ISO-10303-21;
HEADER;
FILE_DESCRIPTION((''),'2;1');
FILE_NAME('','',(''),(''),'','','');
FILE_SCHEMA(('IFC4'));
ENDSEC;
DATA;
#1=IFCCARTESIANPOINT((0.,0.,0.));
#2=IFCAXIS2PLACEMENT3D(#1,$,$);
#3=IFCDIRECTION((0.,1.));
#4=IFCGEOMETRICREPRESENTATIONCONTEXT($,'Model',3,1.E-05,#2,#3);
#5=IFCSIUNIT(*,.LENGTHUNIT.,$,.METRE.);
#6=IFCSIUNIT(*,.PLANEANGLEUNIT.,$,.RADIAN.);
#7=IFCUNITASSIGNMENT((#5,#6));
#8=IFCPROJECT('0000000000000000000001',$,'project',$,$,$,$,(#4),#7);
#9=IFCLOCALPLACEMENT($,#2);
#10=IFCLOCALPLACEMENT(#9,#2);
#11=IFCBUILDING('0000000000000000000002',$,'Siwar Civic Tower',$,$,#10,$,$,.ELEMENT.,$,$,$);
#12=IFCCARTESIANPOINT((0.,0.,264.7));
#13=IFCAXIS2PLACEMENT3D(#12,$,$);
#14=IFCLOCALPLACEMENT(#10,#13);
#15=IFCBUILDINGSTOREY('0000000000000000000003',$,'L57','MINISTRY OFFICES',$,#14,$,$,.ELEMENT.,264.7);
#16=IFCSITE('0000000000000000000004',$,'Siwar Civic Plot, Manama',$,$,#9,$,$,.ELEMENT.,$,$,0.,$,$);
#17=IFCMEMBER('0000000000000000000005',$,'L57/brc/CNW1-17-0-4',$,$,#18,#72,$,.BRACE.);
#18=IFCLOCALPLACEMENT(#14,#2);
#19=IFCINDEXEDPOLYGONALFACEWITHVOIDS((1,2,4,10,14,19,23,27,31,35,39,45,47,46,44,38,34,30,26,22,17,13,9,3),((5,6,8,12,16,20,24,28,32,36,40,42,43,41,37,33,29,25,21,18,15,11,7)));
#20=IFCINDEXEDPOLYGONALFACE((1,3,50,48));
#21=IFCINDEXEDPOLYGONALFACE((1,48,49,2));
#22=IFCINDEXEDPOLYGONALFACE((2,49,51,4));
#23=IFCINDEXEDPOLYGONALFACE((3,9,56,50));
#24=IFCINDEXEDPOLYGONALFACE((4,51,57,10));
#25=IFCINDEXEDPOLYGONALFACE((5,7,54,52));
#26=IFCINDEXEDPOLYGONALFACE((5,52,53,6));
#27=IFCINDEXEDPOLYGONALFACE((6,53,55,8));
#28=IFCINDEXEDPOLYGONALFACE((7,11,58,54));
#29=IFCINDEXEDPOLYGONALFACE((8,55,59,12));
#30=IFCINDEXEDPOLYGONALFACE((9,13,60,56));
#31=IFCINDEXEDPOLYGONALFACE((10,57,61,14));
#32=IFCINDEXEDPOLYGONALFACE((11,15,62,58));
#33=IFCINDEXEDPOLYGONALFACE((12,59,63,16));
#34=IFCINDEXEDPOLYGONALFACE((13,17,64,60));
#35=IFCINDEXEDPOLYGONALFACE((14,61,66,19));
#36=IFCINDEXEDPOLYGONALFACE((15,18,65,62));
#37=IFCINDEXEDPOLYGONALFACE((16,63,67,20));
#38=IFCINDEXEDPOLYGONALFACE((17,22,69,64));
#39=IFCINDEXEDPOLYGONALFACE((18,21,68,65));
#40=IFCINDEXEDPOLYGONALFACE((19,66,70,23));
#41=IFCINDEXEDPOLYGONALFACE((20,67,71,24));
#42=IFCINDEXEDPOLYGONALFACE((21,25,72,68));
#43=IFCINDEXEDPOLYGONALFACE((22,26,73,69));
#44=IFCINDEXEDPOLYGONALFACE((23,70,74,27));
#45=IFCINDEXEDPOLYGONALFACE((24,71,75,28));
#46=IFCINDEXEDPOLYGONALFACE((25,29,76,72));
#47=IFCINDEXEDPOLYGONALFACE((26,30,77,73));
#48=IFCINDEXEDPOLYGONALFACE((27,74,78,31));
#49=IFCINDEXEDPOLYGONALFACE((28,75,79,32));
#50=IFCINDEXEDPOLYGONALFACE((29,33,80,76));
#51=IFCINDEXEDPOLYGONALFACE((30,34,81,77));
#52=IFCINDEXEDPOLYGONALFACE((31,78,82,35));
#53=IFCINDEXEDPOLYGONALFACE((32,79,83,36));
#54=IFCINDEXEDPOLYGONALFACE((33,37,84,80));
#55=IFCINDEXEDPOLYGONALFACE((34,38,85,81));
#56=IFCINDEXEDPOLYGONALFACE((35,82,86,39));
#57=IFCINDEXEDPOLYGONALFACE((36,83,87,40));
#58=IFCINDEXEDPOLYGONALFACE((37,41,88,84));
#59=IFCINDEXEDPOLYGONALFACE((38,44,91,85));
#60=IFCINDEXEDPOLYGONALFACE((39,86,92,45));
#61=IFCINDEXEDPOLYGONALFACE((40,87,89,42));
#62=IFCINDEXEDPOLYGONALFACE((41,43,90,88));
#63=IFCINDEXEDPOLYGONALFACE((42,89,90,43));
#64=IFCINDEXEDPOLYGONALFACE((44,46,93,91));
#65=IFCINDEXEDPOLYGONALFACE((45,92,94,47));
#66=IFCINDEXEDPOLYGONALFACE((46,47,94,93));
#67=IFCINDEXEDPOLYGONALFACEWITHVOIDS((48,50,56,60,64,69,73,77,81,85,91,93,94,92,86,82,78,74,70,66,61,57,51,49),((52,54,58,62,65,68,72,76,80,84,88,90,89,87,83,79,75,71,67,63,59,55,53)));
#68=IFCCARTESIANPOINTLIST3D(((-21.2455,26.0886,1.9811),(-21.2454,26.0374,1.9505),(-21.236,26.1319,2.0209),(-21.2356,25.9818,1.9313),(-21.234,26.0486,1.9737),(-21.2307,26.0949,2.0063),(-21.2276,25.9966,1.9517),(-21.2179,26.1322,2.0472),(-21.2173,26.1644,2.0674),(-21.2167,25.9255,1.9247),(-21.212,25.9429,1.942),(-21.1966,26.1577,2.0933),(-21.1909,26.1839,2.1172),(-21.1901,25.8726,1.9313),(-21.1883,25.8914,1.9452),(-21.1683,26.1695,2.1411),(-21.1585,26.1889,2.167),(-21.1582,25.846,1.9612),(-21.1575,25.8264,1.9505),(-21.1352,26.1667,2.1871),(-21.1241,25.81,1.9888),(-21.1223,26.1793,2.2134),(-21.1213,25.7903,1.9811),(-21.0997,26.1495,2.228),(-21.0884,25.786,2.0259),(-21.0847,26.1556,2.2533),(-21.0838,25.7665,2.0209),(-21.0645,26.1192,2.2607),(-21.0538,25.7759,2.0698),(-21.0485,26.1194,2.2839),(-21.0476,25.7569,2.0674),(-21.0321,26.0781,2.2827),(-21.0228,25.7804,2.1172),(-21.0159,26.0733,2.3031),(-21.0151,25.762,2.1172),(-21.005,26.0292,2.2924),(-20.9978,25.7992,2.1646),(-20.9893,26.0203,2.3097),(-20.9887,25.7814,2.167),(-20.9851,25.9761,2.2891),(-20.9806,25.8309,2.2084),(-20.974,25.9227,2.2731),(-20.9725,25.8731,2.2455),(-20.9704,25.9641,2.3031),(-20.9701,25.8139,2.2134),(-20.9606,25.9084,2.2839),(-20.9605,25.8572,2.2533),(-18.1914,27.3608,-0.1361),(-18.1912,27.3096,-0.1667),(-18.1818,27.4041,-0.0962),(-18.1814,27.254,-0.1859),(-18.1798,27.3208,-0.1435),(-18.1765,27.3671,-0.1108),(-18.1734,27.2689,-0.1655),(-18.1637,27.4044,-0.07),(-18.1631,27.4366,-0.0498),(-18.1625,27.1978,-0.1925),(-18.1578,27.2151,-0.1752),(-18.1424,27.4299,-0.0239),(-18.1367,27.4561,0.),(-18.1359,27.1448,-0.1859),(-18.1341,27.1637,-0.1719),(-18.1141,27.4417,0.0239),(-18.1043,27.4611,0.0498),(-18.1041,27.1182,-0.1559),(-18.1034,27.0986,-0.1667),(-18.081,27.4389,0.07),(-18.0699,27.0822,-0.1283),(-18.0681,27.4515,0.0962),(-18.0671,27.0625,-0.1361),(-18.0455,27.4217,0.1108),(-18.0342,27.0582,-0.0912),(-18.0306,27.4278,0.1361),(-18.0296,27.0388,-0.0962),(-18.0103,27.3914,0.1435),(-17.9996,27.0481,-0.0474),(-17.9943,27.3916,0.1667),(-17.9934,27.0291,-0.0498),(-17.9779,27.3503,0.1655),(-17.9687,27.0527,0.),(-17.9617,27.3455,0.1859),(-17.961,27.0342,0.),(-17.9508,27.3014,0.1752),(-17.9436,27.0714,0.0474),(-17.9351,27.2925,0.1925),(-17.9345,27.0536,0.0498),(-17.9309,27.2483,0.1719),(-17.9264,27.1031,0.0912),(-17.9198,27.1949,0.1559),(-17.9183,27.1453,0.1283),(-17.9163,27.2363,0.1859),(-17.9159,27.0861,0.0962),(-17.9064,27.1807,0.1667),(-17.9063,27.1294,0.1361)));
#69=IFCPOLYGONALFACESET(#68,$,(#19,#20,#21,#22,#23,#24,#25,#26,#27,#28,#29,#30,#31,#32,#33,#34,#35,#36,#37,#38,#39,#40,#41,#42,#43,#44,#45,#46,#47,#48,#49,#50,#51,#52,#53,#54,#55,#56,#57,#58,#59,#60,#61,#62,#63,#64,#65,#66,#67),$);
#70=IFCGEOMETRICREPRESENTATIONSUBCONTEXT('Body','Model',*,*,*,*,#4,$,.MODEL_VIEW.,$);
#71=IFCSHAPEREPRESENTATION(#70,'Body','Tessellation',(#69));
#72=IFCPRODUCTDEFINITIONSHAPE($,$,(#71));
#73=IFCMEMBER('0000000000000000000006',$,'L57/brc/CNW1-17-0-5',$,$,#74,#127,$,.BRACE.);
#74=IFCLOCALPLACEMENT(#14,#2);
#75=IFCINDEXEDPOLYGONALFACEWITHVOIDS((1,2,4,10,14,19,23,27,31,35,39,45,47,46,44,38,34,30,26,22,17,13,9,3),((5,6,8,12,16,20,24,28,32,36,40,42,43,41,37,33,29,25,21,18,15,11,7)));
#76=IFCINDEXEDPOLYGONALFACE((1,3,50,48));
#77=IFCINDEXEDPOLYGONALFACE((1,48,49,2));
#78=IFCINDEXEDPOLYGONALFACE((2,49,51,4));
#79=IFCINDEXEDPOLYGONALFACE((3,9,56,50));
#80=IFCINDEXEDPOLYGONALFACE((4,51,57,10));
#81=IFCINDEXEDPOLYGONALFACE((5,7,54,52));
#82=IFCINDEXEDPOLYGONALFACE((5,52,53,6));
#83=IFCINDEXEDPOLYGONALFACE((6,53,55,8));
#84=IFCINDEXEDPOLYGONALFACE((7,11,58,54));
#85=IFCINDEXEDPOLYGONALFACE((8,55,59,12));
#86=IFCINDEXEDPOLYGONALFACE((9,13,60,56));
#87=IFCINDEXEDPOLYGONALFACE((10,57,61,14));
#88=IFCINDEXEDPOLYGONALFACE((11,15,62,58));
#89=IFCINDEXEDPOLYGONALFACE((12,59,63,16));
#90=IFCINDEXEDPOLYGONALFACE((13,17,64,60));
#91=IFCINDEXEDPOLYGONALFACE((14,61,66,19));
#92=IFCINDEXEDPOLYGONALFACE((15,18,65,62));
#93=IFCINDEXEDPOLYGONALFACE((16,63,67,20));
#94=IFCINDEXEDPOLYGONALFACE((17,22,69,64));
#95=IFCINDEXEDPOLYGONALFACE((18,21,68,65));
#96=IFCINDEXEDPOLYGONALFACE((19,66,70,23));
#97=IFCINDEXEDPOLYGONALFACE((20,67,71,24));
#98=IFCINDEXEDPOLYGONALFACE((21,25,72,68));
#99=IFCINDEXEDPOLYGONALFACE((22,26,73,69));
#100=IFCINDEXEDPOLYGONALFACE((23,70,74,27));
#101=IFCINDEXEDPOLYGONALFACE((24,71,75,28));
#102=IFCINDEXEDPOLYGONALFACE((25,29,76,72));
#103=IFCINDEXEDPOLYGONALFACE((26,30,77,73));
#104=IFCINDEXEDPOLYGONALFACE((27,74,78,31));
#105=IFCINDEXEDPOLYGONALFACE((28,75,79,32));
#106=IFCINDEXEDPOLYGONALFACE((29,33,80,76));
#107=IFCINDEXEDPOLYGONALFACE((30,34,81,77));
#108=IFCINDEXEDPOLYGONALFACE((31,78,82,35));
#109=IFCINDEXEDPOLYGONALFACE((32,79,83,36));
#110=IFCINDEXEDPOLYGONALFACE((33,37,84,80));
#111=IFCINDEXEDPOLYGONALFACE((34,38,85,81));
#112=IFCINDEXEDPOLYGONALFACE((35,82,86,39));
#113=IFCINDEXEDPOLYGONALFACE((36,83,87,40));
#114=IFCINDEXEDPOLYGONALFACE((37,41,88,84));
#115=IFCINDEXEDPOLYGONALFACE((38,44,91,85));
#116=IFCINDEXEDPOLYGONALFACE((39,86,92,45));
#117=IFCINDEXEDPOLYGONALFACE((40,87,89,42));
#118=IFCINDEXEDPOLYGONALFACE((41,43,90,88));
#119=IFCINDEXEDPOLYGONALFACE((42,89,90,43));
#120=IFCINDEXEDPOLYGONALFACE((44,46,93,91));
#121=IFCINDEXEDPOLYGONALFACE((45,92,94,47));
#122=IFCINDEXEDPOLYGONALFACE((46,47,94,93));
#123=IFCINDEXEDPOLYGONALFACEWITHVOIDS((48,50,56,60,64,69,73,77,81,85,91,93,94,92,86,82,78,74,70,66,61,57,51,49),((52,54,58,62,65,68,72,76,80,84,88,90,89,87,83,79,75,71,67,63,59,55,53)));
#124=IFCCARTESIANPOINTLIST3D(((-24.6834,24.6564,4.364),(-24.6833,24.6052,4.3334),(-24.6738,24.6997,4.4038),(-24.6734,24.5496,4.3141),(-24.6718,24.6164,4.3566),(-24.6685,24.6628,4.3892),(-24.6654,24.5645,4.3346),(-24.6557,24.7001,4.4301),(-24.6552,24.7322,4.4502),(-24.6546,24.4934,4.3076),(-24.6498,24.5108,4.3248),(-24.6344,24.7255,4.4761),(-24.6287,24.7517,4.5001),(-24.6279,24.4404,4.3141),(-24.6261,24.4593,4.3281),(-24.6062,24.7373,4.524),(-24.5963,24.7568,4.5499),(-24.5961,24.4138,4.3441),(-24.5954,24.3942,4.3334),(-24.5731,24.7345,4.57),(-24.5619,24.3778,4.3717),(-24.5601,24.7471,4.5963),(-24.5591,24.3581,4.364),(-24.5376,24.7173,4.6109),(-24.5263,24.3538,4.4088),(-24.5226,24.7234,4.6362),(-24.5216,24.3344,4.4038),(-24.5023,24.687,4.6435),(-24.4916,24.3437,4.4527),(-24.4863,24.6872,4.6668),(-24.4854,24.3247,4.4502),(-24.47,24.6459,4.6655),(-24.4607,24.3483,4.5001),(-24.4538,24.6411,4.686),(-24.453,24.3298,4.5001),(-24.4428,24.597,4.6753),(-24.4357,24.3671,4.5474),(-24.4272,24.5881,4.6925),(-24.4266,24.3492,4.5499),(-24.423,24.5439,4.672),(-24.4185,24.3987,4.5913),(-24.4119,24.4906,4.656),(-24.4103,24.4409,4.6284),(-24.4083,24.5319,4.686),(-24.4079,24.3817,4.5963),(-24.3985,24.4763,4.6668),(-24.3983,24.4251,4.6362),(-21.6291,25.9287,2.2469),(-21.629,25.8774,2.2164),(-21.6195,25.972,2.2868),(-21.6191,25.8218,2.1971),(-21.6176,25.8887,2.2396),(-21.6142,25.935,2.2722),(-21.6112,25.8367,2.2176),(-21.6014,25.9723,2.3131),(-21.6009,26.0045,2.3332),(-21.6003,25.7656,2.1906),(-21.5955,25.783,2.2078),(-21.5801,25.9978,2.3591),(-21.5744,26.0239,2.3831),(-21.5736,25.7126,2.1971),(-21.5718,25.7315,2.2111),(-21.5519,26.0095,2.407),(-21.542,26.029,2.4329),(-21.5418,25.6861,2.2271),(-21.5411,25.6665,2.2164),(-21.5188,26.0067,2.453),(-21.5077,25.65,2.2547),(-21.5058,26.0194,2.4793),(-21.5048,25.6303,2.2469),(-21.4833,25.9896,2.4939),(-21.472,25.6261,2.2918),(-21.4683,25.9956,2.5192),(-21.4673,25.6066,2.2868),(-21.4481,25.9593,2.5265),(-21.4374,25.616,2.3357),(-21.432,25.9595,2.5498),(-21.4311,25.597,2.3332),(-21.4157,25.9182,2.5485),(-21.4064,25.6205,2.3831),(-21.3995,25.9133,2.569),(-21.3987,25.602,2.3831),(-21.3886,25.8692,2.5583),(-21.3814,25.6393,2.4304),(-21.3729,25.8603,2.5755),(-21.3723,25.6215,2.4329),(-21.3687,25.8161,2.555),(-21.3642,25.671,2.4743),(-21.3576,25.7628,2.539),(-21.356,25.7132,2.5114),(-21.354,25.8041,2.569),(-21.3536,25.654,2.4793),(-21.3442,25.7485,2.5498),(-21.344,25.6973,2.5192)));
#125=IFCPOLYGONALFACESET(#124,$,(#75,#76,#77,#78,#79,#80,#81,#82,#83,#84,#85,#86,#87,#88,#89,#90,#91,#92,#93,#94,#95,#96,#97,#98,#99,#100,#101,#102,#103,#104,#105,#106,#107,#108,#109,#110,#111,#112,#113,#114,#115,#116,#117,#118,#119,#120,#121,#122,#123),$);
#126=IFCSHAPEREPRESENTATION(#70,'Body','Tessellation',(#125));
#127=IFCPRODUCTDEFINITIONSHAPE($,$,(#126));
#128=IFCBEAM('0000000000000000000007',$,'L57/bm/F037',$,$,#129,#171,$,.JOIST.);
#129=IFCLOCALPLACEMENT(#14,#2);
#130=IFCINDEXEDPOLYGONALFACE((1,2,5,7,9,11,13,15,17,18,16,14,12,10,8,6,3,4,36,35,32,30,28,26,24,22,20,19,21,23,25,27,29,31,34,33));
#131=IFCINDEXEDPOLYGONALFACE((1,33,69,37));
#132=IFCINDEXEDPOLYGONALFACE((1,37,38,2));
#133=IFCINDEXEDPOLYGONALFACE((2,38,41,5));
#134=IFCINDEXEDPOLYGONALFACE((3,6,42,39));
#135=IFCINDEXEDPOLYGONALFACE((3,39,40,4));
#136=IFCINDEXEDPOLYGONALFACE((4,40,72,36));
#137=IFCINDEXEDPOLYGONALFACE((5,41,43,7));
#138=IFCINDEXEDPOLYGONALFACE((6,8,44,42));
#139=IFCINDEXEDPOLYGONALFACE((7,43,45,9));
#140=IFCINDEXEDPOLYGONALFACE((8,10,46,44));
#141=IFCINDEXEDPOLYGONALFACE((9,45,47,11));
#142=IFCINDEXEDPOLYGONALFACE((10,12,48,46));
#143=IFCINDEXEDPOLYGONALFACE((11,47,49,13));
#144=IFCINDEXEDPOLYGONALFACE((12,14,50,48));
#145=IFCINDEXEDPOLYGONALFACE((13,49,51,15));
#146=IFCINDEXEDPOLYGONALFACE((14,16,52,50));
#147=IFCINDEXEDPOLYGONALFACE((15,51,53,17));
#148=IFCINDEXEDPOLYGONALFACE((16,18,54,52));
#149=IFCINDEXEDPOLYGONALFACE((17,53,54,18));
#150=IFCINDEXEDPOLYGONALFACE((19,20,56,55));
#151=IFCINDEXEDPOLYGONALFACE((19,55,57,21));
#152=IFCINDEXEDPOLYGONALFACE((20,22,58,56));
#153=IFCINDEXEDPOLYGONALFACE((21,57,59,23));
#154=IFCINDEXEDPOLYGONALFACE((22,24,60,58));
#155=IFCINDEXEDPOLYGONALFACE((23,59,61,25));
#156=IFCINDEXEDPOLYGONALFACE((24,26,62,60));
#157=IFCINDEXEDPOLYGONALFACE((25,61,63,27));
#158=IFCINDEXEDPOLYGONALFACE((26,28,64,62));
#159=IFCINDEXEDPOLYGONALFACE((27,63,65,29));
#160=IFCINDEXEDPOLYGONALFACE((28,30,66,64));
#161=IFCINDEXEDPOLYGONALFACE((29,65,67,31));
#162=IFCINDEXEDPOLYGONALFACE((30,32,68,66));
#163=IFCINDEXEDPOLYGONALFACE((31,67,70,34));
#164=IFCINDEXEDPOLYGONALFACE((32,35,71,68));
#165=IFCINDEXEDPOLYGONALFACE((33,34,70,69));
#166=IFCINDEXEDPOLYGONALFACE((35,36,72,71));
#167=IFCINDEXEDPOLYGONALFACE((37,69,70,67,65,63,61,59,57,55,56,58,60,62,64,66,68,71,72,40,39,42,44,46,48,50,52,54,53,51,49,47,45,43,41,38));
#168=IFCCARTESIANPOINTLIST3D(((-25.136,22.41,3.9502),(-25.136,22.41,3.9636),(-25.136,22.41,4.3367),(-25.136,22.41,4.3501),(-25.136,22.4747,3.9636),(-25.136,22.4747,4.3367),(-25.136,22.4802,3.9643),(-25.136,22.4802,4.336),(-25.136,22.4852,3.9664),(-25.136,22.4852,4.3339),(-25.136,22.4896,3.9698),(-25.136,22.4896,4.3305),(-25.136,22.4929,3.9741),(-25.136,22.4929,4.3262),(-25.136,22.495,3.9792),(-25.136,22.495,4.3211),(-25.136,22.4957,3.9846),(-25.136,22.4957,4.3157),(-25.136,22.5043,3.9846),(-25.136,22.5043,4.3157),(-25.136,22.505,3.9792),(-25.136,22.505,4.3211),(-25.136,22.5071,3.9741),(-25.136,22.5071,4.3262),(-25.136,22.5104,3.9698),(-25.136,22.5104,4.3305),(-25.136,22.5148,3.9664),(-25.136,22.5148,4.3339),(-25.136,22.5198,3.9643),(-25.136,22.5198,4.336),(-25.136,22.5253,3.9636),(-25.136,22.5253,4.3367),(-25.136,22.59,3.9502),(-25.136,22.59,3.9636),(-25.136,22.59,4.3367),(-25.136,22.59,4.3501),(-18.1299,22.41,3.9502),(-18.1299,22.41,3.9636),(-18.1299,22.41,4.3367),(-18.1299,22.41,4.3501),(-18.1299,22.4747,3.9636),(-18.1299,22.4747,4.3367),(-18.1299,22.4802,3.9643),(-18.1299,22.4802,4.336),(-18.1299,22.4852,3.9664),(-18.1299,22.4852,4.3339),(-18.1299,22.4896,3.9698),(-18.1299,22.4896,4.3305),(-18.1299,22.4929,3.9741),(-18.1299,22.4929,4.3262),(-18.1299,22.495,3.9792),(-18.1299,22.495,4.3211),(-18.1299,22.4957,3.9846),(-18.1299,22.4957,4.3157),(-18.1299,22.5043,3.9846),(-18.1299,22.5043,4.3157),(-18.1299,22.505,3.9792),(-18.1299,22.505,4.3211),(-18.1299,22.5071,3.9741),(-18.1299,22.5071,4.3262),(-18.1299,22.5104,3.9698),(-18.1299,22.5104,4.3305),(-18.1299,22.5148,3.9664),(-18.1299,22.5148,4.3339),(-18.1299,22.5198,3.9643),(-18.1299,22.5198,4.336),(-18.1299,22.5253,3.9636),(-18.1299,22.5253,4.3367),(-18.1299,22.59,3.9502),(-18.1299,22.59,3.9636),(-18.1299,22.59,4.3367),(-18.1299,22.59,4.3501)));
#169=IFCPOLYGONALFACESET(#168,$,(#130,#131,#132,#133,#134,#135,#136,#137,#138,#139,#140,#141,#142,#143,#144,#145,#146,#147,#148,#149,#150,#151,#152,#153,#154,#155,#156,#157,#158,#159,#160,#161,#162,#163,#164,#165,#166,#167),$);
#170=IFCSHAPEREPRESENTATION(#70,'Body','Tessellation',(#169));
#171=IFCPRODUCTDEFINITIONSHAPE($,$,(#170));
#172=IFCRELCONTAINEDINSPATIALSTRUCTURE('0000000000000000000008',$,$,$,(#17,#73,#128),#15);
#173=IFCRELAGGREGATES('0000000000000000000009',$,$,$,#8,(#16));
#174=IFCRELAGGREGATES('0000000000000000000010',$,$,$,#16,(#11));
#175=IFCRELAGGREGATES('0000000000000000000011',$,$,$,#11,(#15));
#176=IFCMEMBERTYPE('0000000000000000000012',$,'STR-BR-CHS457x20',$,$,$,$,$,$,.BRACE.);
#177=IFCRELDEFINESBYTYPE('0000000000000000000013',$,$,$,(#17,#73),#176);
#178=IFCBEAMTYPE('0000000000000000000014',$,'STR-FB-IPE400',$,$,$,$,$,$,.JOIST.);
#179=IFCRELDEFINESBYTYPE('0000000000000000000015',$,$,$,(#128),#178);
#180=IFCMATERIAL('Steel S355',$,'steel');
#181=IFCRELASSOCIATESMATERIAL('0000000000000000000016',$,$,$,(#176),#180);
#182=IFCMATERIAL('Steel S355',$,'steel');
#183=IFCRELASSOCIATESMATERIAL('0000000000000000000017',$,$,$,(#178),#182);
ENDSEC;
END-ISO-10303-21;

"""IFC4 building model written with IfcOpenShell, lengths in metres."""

from ifc_helpers import new_model, si_unit, direction, frame, origin, origin_2d, place, context, subcontext, project, spatial, hollow_circle, i_section, extrude, material, material_profile, profile_set, type_object, element, save


model = new_model("IFC4")

# Units and contexts
model_context = context("Model", 3, precision=1e-05, world=origin(), true_north=direction((0.0, 1.0)))
body_context = subcontext(model_context, "Body", "Model", "MODEL_VIEW")
ifc_project = project(units=[si_unit("LENGTHUNIT", "METRE"), si_unit("PLANEANGLEUNIT", "RADIAN")], contexts=[model_context])

# Site, building, storey
site_placement = place(None, origin())
site = spatial("IfcSite", under=ifc_project, at=site_placement, Name="Siwar Civic Plot, Manama", CompositionType="ELEMENT", RefElevation=0.0)
building_placement = place(site_placement, origin())
building = spatial("IfcBuilding", under=site, at=building_placement, Name="Siwar Civic Tower", CompositionType="ELEMENT")
storey_placement = place(building_placement, frame((0.0, 0.0, 264.7)))
storey = spatial("IfcBuildingStorey", under=building, at=storey_placement, Name="L57", Description="MINISTRY OFFICES", CompositionType="ELEMENT", Elevation=264.7)

# Members
ifc_material_1 = material(Name="Steel S355", Category="steel")
ifc_material_profile_1 = material_profile(ifc_material_1, hollow_circle(Radius=0.2285, WallThickness=0.02, at=origin_2d()), Name="CHS457x20")
ifc_profile_set_1 = profile_set([ifc_material_profile_1], Name="Steel S355")
member_type_1 = type_object("IfcMemberType", Name="STR-BR-CHS457x20", PredefinedType="BRACE", material=ifc_profile_set_1)
for number, where, z_axis, x_axis, name in (
    (1, (-18.0488, 27.2451, 0.0), (-0.777546, -0.323884, 0.538999), (0.384521, -0.923116, 0.0), "L57/brc/CNW1-17-0-4"),
    (2, (-21.4866, 25.813, 2.3831), (-0.777572, -0.323895, 0.538955), (0.384521, -0.923116, 0.0), "L57/brc/CNW1-17-0-5"),
):
    element("IfcMember", number, at=place(storey_placement, frame(where, z_axis=z_axis, x_axis=x_axis)), inside=storey, type_object=member_type_1, Name=name, PredefinedType="BRACE", context=body_context, shape_type="SweptSolid", body=[
        extrude(hollow_circle(Radius=0.2285, WallThickness=0.02, at=origin_2d()), origin(), (0.0, 0.0, 1.0), 3.928),
    ])

# Beam
ifc_material_2 = material(Name="Steel S355", Category="steel")
ifc_material_profile_2 = material_profile(ifc_material_2, i_section(OverallWidth=0.1799, OverallDepth=0.3999, WebThickness=0.0085, FlangeThickness=0.0134, FilletRadius=0.021, at=origin_2d()), Name="IPE400")
ifc_profile_set_2 = profile_set([ifc_material_profile_2], Name="Steel S355")
beam_type_1 = type_object("IfcBeamType", Name="STR-FB-IPE400", PredefinedType="JOIST", material=ifc_profile_set_2)
beam_1_placement = place(storey_placement, frame((-25.136, 22.5, 4.1501), z_axis=(1.0, 0.0, 0.0), x_axis=(0.0, 1.0, 0.0)))
element("IfcBeam", 3, at=beam_1_placement, inside=storey, type_object=beam_type_1, Name="L57/bm/F037", PredefinedType="JOIST", context=body_context, shape_type="SweptSolid", body=[
    extrude(i_section(OverallWidth=0.1799, OverallDepth=0.3999, WebThickness=0.0085, FlangeThickness=0.0134, FilletRadius=0.021, at=origin_2d()), origin(), (0.0, 0.0, 1.0), 7.0061),
])

save(model, "model.ifc")
